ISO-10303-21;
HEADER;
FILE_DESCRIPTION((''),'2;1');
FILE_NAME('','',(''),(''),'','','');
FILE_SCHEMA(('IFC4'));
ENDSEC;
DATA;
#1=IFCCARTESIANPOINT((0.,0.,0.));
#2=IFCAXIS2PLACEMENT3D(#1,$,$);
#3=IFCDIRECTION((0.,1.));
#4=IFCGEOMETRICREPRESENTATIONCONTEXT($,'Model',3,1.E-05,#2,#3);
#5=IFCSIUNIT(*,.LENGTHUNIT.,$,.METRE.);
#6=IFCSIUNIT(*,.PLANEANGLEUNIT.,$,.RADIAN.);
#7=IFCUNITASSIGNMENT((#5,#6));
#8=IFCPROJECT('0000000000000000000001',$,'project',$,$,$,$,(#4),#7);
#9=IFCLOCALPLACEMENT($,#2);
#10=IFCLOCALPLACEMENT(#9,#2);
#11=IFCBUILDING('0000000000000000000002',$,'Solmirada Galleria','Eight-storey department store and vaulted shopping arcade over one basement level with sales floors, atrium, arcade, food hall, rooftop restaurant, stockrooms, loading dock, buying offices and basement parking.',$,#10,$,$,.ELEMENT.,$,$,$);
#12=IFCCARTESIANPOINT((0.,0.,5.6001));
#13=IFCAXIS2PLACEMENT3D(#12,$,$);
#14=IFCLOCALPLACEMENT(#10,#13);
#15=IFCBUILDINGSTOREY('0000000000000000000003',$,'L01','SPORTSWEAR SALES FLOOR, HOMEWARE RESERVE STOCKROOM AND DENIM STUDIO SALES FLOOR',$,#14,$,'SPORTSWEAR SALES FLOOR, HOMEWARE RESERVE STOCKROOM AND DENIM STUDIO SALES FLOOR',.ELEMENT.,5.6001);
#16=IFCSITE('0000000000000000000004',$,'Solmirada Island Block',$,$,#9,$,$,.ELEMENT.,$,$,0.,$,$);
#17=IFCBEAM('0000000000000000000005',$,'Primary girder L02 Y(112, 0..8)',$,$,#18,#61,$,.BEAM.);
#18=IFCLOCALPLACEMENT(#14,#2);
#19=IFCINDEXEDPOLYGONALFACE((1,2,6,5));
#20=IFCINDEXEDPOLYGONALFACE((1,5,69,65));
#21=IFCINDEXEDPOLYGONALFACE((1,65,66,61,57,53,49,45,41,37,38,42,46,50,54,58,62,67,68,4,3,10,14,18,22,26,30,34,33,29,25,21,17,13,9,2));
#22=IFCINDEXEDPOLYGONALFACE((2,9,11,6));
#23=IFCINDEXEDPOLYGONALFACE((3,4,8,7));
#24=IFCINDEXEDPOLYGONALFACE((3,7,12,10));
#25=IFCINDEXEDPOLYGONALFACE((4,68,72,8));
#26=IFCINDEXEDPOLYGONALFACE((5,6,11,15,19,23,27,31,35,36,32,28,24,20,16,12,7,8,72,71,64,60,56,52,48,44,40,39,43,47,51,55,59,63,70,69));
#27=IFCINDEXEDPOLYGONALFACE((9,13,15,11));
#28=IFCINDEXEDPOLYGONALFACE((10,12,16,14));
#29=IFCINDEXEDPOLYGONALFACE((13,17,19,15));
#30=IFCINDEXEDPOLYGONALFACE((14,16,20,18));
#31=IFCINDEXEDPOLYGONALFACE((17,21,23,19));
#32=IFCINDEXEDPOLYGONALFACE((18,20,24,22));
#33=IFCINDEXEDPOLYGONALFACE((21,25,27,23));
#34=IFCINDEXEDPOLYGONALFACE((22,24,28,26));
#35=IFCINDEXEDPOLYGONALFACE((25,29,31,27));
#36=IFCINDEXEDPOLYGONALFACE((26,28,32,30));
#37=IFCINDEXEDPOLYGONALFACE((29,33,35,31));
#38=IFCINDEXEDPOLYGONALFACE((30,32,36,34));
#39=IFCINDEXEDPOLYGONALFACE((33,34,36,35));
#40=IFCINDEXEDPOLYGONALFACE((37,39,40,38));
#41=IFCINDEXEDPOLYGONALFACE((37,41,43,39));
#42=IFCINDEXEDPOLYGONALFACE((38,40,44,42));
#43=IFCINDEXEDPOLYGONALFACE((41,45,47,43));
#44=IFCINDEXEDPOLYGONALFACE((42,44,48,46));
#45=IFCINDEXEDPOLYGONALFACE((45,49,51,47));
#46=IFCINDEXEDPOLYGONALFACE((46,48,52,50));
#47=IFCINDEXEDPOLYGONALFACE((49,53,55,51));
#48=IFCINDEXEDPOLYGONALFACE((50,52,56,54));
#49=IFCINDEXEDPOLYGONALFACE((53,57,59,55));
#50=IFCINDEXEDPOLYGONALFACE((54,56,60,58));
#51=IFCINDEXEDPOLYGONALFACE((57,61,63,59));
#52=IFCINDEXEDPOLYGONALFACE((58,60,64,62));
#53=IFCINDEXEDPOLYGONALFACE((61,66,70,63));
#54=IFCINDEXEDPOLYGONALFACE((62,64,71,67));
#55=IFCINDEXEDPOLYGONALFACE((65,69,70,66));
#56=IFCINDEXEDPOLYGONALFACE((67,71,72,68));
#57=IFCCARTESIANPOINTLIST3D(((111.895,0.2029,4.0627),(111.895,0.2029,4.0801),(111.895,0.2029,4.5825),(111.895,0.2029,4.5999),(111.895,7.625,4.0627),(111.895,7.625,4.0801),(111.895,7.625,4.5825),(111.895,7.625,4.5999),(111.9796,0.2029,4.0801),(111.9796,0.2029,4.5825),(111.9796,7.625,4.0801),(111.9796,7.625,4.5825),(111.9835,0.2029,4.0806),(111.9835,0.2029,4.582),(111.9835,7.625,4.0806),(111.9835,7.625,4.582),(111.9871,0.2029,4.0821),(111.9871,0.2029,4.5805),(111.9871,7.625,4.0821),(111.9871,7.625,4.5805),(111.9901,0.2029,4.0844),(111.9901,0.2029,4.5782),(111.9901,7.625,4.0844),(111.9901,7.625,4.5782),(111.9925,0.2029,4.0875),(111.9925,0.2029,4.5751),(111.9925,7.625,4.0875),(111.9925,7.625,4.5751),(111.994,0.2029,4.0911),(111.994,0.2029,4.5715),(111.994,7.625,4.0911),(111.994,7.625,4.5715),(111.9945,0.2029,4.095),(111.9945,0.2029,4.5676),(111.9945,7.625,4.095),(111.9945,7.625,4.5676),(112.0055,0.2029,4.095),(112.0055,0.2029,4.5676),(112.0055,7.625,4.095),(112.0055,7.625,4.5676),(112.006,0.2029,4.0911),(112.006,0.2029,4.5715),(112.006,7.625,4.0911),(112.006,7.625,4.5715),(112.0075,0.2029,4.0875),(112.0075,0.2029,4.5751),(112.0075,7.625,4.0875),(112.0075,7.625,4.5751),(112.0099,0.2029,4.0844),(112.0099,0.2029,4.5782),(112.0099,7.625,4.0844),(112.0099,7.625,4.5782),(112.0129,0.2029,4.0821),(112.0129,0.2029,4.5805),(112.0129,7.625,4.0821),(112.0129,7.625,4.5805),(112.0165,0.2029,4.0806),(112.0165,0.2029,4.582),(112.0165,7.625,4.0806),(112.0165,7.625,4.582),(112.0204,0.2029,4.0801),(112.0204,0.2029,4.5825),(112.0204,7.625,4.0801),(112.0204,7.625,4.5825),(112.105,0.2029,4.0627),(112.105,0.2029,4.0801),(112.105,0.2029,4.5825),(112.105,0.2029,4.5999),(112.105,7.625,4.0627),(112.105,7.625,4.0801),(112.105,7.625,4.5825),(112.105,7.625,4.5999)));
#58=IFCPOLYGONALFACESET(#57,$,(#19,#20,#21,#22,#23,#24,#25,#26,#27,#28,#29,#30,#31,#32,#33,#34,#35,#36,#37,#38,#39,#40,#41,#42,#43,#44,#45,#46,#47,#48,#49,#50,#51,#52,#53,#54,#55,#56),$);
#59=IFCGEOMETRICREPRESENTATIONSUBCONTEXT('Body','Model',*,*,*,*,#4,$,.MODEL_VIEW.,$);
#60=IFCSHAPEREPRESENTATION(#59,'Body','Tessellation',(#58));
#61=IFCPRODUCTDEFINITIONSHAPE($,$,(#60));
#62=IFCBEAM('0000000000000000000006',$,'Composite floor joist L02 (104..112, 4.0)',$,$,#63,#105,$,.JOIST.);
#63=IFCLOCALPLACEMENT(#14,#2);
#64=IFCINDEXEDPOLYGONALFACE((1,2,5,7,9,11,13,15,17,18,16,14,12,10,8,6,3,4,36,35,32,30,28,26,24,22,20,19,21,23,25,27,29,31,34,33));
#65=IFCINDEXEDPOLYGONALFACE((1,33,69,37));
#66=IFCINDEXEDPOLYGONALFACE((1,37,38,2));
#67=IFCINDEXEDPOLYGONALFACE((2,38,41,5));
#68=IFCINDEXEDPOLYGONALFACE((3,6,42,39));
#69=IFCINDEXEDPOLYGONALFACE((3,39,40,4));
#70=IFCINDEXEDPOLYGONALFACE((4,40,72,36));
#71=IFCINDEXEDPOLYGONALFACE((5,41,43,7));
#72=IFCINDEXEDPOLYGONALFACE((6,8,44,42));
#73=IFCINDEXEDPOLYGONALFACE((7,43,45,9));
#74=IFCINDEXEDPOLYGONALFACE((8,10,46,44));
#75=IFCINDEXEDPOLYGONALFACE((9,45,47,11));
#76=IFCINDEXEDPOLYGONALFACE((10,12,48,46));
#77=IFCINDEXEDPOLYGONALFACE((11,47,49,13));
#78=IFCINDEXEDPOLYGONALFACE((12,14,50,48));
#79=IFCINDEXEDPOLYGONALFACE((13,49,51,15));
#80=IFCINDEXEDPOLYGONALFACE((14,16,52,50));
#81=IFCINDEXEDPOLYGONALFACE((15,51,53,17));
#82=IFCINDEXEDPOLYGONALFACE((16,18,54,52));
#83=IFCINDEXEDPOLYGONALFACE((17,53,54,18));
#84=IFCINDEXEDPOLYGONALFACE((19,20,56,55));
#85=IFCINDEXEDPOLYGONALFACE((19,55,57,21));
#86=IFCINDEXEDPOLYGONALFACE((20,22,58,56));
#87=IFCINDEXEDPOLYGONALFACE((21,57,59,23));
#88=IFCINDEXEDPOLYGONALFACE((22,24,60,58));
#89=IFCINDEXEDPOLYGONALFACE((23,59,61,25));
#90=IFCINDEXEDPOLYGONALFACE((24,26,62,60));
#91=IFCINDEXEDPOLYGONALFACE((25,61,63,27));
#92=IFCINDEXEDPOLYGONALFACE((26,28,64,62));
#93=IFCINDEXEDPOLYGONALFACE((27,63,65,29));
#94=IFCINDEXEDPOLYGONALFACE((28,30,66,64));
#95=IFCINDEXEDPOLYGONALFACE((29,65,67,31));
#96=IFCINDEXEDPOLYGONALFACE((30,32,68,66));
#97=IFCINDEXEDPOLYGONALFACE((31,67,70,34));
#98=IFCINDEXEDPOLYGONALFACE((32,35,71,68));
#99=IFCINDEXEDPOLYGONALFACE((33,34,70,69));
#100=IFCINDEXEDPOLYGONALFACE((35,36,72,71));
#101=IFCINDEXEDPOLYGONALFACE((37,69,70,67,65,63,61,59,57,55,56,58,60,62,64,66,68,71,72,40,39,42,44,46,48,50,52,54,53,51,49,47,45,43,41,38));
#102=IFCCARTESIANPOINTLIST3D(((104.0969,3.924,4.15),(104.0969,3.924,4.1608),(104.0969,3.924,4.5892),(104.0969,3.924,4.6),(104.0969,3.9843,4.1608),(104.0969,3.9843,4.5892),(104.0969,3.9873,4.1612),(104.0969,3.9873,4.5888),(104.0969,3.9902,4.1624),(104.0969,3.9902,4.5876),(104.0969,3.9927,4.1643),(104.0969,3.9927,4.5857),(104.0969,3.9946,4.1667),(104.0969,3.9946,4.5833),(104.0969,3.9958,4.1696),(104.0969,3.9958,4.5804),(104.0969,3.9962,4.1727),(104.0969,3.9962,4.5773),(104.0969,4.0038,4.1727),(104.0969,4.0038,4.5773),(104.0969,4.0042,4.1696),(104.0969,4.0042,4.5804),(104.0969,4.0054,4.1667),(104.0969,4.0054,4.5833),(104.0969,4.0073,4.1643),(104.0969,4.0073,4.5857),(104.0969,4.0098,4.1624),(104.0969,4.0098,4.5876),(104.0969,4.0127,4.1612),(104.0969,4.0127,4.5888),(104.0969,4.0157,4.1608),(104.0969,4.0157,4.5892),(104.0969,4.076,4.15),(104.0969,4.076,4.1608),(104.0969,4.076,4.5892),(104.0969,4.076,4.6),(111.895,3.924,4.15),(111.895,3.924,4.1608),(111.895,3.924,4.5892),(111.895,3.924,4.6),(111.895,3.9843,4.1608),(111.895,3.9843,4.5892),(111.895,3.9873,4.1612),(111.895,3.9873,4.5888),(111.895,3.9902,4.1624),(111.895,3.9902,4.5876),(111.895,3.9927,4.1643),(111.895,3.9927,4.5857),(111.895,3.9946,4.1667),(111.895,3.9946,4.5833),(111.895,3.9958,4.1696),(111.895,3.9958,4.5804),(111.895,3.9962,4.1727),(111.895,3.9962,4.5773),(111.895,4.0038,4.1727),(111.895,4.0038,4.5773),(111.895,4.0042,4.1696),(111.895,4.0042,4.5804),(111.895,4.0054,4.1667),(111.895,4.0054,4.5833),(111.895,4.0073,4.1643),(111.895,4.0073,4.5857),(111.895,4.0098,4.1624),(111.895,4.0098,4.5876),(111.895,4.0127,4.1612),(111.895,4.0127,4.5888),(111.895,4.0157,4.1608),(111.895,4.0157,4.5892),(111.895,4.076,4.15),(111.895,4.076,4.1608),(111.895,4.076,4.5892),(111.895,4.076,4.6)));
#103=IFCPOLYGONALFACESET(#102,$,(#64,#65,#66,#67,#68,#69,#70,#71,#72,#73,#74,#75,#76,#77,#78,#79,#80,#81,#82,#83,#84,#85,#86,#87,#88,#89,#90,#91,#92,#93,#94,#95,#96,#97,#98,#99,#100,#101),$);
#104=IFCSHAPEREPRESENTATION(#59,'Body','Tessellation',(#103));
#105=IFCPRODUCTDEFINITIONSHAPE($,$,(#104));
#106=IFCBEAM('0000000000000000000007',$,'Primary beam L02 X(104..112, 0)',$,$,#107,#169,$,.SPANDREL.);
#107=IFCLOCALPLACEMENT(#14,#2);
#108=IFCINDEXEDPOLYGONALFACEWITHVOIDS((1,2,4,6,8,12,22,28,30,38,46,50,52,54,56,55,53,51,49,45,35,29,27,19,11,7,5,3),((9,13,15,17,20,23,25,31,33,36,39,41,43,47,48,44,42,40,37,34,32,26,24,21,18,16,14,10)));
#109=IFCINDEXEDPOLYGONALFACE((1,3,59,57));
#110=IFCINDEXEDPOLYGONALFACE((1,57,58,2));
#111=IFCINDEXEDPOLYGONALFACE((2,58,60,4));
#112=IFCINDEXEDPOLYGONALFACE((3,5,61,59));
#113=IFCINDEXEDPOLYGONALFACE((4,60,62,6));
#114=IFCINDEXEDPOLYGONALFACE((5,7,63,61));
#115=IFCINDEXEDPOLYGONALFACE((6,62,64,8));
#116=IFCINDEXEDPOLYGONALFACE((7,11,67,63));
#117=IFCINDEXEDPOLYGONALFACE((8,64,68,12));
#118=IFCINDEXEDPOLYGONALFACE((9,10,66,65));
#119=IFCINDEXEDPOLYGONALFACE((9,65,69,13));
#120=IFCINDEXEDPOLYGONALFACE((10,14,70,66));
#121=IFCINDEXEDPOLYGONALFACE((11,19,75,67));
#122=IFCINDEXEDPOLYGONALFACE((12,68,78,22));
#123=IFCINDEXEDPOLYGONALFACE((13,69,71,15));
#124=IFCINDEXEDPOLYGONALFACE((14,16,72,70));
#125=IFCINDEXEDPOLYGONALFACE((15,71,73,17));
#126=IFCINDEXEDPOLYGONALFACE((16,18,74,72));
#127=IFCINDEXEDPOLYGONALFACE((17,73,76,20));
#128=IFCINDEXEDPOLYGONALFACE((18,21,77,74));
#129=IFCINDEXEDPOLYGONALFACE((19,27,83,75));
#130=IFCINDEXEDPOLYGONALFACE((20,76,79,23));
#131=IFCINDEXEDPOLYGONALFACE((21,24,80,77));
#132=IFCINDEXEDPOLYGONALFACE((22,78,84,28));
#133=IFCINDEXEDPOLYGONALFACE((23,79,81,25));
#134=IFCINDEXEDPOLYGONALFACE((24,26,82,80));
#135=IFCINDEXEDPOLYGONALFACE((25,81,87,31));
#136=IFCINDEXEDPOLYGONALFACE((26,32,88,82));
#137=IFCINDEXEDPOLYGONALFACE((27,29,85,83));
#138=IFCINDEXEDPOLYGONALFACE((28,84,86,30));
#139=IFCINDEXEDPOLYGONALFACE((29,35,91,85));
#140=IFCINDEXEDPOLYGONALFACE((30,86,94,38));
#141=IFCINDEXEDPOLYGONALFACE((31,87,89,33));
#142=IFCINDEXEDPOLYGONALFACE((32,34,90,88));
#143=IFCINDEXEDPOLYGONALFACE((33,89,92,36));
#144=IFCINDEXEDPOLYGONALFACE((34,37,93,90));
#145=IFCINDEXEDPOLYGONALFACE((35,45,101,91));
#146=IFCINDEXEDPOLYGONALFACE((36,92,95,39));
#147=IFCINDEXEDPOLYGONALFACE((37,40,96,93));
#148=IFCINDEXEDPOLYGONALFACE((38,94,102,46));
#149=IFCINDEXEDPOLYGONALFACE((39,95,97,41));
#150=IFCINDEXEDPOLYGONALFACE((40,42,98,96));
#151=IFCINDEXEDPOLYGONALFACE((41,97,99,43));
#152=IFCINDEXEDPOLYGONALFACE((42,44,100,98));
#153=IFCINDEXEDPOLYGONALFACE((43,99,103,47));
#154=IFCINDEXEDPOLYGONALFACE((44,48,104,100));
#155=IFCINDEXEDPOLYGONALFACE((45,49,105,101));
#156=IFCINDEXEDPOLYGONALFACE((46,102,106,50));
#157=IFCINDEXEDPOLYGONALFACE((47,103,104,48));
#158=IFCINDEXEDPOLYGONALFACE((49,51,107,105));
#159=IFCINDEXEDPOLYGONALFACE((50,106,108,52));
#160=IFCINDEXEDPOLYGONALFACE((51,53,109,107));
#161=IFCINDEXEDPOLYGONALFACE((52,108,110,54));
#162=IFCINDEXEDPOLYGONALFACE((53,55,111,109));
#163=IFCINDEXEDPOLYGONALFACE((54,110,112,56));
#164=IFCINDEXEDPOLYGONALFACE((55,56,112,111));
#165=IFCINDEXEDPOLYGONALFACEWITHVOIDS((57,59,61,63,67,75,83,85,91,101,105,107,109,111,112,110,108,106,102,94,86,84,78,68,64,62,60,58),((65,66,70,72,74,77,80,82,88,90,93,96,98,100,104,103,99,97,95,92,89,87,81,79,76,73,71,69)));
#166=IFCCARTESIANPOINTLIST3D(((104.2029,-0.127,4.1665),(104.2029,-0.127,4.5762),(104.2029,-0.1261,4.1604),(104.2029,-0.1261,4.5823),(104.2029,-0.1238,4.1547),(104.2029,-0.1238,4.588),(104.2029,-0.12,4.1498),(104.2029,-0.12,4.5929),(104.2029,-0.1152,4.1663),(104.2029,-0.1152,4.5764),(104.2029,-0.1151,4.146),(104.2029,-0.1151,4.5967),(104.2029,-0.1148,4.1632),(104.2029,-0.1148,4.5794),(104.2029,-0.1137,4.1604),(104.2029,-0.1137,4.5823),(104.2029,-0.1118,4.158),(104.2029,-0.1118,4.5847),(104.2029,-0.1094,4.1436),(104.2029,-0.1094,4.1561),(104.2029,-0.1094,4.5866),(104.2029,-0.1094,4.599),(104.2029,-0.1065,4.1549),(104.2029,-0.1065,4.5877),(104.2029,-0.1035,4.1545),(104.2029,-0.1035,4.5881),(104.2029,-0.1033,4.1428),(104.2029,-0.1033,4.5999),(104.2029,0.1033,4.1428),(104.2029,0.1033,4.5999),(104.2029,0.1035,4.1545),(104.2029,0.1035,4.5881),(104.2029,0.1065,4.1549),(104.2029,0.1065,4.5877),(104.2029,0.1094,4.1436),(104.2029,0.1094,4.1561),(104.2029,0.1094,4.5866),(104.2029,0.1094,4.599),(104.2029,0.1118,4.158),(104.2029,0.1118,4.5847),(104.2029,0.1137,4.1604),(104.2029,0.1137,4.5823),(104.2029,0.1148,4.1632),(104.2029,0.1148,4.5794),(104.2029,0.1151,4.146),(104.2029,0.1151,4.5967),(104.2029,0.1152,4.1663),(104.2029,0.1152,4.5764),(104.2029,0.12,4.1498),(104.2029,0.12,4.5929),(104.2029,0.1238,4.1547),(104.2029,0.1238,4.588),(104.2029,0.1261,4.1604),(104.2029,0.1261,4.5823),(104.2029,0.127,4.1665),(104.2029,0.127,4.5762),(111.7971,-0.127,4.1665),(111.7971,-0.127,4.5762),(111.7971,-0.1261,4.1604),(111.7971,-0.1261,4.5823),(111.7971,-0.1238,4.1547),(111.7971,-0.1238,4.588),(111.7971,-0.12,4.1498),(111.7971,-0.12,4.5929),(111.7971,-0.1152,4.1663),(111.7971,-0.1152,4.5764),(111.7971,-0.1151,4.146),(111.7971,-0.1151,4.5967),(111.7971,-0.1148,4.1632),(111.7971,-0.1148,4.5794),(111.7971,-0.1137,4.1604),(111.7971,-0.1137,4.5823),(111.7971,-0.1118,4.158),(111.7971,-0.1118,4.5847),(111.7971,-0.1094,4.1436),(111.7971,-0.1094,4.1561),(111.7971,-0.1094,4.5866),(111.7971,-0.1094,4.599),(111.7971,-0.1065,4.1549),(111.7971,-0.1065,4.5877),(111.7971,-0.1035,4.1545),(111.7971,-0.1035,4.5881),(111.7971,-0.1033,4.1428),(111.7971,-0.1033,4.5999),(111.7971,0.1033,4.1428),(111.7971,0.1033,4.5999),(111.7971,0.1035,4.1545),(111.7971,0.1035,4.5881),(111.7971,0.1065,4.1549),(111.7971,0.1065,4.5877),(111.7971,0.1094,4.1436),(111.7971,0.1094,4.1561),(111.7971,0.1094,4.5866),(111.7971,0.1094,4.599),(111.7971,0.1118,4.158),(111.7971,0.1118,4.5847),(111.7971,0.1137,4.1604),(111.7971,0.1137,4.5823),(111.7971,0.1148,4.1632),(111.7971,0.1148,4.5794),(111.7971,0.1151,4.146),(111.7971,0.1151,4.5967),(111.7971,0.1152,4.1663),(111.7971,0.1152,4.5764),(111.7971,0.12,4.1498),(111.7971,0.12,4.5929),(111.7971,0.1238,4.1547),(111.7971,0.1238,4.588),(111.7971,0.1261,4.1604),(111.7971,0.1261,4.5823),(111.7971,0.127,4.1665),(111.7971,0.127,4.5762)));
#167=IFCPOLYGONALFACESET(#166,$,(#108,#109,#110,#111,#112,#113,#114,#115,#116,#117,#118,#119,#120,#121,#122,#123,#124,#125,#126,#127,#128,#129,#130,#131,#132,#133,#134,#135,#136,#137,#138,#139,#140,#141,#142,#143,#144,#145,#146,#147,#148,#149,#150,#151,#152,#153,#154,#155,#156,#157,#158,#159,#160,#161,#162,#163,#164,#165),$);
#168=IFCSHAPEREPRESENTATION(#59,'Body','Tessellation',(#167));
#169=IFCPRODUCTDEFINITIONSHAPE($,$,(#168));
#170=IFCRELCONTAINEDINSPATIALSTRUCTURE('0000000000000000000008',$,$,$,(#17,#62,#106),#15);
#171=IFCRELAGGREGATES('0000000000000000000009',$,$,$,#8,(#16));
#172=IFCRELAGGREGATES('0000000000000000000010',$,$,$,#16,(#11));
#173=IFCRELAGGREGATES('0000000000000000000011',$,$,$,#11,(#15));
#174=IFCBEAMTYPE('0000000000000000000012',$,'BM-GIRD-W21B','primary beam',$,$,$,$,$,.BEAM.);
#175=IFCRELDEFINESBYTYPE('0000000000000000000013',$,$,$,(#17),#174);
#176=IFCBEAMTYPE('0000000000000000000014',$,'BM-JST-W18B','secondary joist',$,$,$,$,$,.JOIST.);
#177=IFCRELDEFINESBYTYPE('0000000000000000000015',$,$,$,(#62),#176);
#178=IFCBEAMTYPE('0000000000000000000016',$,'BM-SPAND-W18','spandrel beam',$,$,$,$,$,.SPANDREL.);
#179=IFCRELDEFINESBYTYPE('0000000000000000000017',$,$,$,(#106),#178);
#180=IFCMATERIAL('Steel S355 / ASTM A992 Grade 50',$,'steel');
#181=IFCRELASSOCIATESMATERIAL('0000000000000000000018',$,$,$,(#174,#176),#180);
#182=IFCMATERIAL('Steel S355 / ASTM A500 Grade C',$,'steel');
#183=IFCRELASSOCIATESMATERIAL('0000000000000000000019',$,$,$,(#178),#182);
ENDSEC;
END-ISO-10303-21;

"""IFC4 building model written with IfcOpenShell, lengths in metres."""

from ifc_helpers import new_model, si_unit, direction, frame, origin, origin_2d, place, context, subcontext, project, spatial, hollow_rectangle, i_section, extrude, material, material_profile, profile_set, type_object, element, save


model = new_model("IFC4")

# Units and contexts
model_context = context("Model", 3, precision=1e-05, world=origin(), true_north=direction((0.0, 1.0)))
body_context = subcontext(model_context, "Body", "Model", "MODEL_VIEW")
ifc_project = project(units=[si_unit("LENGTHUNIT", "METRE"), si_unit("PLANEANGLEUNIT", "RADIAN")], contexts=[model_context])

# Site, building, storey
site_placement = place(None, origin())
site = spatial("IfcSite", under=ifc_project, at=site_placement, Name="Solmirada Island Block", CompositionType="ELEMENT", RefElevation=0.0)
building_placement = place(site_placement, origin())
building = spatial("IfcBuilding", under=site, at=building_placement, Name="Solmirada Galleria", Description="Eight-storey department store and vaulted shopping arcade over one basement level with sales floors, atrium, arcade, food hall, rooftop restaurant, stockrooms, loading dock, buying offices and basement parking.", CompositionType="ELEMENT")
storey_placement = place(building_placement, frame((0.0, 0.0, 5.6001)))
storey = spatial("IfcBuildingStorey", under=building, at=storey_placement, Name="L01", Description="SPORTSWEAR SALES FLOOR, HOMEWARE RESERVE STOCKROOM AND DENIM STUDIO SALES FLOOR", LongName="SPORTSWEAR SALES FLOOR, HOMEWARE RESERVE STOCKROOM AND DENIM STUDIO SALES FLOOR", CompositionType="ELEMENT", Elevation=5.6001)

# Shared definitions
ifc_material_1 = material(Name="Steel S355 / ASTM A500 Grade C", Category="steel")

# Beams
ifc_material_2 = material(Name="Steel S355 / ASTM A992 Grade 50", Category="steel")
ifc_material_profile_1 = material_profile(ifc_material_2, i_section(OverallWidth=0.21, OverallDepth=0.5371, WebThickness=0.011, FlangeThickness=0.0173, FilletRadius=0.0149, at=origin_2d()), Name="W21X68")
ifc_profile_set_1 = profile_set([ifc_material_profile_1], Name="Steel S355 / ASTM A992 Grade 50")
beam_type_1 = type_object("IfcBeamType", Name="BM-GIRD-W21B", Description="primary beam", PredefinedType="BEAM", material=ifc_profile_set_1)
beam_1_placement = place(storey_placement, frame((112.0, 0.2029, 4.3313), z_axis=(0.0, 1.0, 0.0), x_axis=(-1.0, 0.0, 0.0)))
element("IfcBeam", 1, at=beam_1_placement, inside=storey, type_object=beam_type_1, Name="Primary girder L02 Y(112, 0..8)", PredefinedType="BEAM", context=body_context, shape_type="SweptSolid", body=[
    extrude(i_section(OverallWidth=0.21, OverallDepth=0.5371, WebThickness=0.011, FlangeThickness=0.0173, FilletRadius=0.0149, at=origin_2d()), origin(), (0.0, 0.0, 1.0), 7.4221),
])
ifc_material_profile_2 = material_profile(ifc_material_2, i_section(OverallWidth=0.1521, OverallDepth=0.45, WebThickness=0.0076, FlangeThickness=0.0107, FilletRadius=0.012, at=origin_2d()), Name="W18X35")
ifc_profile_set_2 = profile_set([ifc_material_profile_2], Name="Steel S355 / ASTM A992 Grade 50")
beam_type_2 = type_object("IfcBeamType", Name="BM-JST-W18B", Description="secondary joist", PredefinedType="JOIST", material=ifc_profile_set_2)
beam_2_placement = place(storey_placement, frame((104.0969, 4.0, 4.375), z_axis=(1.0, 0.0, 0.0), x_axis=(0.0, 1.0, 0.0)))
element("IfcBeam", 2, at=beam_2_placement, inside=storey, type_object=beam_type_2, Name="Composite floor joist L02 (104..112, 4.0)", PredefinedType="JOIST", context=body_context, shape_type="SweptSolid", body=[
    extrude(i_section(OverallWidth=0.1521, OverallDepth=0.45, WebThickness=0.0076, FlangeThickness=0.0107, FilletRadius=0.012, at=origin_2d()), origin(), (0.0, 0.0, 1.0), 7.7981),
])
ifc_material_profile_3 = material_profile(ifc_material_1, hollow_rectangle(XDim=0.2539, YDim=0.457, WallThickness=0.0117, InnerFilletRadius=0.0117, OuterFilletRadius=0.0237, at=origin_2d()), Name="HSS18X10X1/2")
ifc_profile_set_3 = profile_set([ifc_material_profile_3], Name="Steel S355 / ASTM A500 Grade C")
beam_type_3 = type_object("IfcBeamType", Name="BM-SPAND-W18", Description="spandrel beam", PredefinedType="SPANDREL", material=ifc_profile_set_3)
beam_3_placement = place(storey_placement, frame((104.2029, 0.0, 4.3713), z_axis=(1.0, 0.0, 0.0), x_axis=(0.0, 1.0, 0.0)))
element("IfcBeam", 3, at=beam_3_placement, inside=storey, type_object=beam_type_3, Name="Primary beam L02 X(104..112, 0)", PredefinedType="SPANDREL", context=body_context, shape_type="SweptSolid", body=[
    extrude(hollow_rectangle(XDim=0.2539, YDim=0.457, WallThickness=0.0117, InnerFilletRadius=0.0117, OuterFilletRadius=0.0237, at=origin_2d()), origin(), (0.0, 0.0, 1.0), 7.5942),
])

save(model, "model.ifc")
